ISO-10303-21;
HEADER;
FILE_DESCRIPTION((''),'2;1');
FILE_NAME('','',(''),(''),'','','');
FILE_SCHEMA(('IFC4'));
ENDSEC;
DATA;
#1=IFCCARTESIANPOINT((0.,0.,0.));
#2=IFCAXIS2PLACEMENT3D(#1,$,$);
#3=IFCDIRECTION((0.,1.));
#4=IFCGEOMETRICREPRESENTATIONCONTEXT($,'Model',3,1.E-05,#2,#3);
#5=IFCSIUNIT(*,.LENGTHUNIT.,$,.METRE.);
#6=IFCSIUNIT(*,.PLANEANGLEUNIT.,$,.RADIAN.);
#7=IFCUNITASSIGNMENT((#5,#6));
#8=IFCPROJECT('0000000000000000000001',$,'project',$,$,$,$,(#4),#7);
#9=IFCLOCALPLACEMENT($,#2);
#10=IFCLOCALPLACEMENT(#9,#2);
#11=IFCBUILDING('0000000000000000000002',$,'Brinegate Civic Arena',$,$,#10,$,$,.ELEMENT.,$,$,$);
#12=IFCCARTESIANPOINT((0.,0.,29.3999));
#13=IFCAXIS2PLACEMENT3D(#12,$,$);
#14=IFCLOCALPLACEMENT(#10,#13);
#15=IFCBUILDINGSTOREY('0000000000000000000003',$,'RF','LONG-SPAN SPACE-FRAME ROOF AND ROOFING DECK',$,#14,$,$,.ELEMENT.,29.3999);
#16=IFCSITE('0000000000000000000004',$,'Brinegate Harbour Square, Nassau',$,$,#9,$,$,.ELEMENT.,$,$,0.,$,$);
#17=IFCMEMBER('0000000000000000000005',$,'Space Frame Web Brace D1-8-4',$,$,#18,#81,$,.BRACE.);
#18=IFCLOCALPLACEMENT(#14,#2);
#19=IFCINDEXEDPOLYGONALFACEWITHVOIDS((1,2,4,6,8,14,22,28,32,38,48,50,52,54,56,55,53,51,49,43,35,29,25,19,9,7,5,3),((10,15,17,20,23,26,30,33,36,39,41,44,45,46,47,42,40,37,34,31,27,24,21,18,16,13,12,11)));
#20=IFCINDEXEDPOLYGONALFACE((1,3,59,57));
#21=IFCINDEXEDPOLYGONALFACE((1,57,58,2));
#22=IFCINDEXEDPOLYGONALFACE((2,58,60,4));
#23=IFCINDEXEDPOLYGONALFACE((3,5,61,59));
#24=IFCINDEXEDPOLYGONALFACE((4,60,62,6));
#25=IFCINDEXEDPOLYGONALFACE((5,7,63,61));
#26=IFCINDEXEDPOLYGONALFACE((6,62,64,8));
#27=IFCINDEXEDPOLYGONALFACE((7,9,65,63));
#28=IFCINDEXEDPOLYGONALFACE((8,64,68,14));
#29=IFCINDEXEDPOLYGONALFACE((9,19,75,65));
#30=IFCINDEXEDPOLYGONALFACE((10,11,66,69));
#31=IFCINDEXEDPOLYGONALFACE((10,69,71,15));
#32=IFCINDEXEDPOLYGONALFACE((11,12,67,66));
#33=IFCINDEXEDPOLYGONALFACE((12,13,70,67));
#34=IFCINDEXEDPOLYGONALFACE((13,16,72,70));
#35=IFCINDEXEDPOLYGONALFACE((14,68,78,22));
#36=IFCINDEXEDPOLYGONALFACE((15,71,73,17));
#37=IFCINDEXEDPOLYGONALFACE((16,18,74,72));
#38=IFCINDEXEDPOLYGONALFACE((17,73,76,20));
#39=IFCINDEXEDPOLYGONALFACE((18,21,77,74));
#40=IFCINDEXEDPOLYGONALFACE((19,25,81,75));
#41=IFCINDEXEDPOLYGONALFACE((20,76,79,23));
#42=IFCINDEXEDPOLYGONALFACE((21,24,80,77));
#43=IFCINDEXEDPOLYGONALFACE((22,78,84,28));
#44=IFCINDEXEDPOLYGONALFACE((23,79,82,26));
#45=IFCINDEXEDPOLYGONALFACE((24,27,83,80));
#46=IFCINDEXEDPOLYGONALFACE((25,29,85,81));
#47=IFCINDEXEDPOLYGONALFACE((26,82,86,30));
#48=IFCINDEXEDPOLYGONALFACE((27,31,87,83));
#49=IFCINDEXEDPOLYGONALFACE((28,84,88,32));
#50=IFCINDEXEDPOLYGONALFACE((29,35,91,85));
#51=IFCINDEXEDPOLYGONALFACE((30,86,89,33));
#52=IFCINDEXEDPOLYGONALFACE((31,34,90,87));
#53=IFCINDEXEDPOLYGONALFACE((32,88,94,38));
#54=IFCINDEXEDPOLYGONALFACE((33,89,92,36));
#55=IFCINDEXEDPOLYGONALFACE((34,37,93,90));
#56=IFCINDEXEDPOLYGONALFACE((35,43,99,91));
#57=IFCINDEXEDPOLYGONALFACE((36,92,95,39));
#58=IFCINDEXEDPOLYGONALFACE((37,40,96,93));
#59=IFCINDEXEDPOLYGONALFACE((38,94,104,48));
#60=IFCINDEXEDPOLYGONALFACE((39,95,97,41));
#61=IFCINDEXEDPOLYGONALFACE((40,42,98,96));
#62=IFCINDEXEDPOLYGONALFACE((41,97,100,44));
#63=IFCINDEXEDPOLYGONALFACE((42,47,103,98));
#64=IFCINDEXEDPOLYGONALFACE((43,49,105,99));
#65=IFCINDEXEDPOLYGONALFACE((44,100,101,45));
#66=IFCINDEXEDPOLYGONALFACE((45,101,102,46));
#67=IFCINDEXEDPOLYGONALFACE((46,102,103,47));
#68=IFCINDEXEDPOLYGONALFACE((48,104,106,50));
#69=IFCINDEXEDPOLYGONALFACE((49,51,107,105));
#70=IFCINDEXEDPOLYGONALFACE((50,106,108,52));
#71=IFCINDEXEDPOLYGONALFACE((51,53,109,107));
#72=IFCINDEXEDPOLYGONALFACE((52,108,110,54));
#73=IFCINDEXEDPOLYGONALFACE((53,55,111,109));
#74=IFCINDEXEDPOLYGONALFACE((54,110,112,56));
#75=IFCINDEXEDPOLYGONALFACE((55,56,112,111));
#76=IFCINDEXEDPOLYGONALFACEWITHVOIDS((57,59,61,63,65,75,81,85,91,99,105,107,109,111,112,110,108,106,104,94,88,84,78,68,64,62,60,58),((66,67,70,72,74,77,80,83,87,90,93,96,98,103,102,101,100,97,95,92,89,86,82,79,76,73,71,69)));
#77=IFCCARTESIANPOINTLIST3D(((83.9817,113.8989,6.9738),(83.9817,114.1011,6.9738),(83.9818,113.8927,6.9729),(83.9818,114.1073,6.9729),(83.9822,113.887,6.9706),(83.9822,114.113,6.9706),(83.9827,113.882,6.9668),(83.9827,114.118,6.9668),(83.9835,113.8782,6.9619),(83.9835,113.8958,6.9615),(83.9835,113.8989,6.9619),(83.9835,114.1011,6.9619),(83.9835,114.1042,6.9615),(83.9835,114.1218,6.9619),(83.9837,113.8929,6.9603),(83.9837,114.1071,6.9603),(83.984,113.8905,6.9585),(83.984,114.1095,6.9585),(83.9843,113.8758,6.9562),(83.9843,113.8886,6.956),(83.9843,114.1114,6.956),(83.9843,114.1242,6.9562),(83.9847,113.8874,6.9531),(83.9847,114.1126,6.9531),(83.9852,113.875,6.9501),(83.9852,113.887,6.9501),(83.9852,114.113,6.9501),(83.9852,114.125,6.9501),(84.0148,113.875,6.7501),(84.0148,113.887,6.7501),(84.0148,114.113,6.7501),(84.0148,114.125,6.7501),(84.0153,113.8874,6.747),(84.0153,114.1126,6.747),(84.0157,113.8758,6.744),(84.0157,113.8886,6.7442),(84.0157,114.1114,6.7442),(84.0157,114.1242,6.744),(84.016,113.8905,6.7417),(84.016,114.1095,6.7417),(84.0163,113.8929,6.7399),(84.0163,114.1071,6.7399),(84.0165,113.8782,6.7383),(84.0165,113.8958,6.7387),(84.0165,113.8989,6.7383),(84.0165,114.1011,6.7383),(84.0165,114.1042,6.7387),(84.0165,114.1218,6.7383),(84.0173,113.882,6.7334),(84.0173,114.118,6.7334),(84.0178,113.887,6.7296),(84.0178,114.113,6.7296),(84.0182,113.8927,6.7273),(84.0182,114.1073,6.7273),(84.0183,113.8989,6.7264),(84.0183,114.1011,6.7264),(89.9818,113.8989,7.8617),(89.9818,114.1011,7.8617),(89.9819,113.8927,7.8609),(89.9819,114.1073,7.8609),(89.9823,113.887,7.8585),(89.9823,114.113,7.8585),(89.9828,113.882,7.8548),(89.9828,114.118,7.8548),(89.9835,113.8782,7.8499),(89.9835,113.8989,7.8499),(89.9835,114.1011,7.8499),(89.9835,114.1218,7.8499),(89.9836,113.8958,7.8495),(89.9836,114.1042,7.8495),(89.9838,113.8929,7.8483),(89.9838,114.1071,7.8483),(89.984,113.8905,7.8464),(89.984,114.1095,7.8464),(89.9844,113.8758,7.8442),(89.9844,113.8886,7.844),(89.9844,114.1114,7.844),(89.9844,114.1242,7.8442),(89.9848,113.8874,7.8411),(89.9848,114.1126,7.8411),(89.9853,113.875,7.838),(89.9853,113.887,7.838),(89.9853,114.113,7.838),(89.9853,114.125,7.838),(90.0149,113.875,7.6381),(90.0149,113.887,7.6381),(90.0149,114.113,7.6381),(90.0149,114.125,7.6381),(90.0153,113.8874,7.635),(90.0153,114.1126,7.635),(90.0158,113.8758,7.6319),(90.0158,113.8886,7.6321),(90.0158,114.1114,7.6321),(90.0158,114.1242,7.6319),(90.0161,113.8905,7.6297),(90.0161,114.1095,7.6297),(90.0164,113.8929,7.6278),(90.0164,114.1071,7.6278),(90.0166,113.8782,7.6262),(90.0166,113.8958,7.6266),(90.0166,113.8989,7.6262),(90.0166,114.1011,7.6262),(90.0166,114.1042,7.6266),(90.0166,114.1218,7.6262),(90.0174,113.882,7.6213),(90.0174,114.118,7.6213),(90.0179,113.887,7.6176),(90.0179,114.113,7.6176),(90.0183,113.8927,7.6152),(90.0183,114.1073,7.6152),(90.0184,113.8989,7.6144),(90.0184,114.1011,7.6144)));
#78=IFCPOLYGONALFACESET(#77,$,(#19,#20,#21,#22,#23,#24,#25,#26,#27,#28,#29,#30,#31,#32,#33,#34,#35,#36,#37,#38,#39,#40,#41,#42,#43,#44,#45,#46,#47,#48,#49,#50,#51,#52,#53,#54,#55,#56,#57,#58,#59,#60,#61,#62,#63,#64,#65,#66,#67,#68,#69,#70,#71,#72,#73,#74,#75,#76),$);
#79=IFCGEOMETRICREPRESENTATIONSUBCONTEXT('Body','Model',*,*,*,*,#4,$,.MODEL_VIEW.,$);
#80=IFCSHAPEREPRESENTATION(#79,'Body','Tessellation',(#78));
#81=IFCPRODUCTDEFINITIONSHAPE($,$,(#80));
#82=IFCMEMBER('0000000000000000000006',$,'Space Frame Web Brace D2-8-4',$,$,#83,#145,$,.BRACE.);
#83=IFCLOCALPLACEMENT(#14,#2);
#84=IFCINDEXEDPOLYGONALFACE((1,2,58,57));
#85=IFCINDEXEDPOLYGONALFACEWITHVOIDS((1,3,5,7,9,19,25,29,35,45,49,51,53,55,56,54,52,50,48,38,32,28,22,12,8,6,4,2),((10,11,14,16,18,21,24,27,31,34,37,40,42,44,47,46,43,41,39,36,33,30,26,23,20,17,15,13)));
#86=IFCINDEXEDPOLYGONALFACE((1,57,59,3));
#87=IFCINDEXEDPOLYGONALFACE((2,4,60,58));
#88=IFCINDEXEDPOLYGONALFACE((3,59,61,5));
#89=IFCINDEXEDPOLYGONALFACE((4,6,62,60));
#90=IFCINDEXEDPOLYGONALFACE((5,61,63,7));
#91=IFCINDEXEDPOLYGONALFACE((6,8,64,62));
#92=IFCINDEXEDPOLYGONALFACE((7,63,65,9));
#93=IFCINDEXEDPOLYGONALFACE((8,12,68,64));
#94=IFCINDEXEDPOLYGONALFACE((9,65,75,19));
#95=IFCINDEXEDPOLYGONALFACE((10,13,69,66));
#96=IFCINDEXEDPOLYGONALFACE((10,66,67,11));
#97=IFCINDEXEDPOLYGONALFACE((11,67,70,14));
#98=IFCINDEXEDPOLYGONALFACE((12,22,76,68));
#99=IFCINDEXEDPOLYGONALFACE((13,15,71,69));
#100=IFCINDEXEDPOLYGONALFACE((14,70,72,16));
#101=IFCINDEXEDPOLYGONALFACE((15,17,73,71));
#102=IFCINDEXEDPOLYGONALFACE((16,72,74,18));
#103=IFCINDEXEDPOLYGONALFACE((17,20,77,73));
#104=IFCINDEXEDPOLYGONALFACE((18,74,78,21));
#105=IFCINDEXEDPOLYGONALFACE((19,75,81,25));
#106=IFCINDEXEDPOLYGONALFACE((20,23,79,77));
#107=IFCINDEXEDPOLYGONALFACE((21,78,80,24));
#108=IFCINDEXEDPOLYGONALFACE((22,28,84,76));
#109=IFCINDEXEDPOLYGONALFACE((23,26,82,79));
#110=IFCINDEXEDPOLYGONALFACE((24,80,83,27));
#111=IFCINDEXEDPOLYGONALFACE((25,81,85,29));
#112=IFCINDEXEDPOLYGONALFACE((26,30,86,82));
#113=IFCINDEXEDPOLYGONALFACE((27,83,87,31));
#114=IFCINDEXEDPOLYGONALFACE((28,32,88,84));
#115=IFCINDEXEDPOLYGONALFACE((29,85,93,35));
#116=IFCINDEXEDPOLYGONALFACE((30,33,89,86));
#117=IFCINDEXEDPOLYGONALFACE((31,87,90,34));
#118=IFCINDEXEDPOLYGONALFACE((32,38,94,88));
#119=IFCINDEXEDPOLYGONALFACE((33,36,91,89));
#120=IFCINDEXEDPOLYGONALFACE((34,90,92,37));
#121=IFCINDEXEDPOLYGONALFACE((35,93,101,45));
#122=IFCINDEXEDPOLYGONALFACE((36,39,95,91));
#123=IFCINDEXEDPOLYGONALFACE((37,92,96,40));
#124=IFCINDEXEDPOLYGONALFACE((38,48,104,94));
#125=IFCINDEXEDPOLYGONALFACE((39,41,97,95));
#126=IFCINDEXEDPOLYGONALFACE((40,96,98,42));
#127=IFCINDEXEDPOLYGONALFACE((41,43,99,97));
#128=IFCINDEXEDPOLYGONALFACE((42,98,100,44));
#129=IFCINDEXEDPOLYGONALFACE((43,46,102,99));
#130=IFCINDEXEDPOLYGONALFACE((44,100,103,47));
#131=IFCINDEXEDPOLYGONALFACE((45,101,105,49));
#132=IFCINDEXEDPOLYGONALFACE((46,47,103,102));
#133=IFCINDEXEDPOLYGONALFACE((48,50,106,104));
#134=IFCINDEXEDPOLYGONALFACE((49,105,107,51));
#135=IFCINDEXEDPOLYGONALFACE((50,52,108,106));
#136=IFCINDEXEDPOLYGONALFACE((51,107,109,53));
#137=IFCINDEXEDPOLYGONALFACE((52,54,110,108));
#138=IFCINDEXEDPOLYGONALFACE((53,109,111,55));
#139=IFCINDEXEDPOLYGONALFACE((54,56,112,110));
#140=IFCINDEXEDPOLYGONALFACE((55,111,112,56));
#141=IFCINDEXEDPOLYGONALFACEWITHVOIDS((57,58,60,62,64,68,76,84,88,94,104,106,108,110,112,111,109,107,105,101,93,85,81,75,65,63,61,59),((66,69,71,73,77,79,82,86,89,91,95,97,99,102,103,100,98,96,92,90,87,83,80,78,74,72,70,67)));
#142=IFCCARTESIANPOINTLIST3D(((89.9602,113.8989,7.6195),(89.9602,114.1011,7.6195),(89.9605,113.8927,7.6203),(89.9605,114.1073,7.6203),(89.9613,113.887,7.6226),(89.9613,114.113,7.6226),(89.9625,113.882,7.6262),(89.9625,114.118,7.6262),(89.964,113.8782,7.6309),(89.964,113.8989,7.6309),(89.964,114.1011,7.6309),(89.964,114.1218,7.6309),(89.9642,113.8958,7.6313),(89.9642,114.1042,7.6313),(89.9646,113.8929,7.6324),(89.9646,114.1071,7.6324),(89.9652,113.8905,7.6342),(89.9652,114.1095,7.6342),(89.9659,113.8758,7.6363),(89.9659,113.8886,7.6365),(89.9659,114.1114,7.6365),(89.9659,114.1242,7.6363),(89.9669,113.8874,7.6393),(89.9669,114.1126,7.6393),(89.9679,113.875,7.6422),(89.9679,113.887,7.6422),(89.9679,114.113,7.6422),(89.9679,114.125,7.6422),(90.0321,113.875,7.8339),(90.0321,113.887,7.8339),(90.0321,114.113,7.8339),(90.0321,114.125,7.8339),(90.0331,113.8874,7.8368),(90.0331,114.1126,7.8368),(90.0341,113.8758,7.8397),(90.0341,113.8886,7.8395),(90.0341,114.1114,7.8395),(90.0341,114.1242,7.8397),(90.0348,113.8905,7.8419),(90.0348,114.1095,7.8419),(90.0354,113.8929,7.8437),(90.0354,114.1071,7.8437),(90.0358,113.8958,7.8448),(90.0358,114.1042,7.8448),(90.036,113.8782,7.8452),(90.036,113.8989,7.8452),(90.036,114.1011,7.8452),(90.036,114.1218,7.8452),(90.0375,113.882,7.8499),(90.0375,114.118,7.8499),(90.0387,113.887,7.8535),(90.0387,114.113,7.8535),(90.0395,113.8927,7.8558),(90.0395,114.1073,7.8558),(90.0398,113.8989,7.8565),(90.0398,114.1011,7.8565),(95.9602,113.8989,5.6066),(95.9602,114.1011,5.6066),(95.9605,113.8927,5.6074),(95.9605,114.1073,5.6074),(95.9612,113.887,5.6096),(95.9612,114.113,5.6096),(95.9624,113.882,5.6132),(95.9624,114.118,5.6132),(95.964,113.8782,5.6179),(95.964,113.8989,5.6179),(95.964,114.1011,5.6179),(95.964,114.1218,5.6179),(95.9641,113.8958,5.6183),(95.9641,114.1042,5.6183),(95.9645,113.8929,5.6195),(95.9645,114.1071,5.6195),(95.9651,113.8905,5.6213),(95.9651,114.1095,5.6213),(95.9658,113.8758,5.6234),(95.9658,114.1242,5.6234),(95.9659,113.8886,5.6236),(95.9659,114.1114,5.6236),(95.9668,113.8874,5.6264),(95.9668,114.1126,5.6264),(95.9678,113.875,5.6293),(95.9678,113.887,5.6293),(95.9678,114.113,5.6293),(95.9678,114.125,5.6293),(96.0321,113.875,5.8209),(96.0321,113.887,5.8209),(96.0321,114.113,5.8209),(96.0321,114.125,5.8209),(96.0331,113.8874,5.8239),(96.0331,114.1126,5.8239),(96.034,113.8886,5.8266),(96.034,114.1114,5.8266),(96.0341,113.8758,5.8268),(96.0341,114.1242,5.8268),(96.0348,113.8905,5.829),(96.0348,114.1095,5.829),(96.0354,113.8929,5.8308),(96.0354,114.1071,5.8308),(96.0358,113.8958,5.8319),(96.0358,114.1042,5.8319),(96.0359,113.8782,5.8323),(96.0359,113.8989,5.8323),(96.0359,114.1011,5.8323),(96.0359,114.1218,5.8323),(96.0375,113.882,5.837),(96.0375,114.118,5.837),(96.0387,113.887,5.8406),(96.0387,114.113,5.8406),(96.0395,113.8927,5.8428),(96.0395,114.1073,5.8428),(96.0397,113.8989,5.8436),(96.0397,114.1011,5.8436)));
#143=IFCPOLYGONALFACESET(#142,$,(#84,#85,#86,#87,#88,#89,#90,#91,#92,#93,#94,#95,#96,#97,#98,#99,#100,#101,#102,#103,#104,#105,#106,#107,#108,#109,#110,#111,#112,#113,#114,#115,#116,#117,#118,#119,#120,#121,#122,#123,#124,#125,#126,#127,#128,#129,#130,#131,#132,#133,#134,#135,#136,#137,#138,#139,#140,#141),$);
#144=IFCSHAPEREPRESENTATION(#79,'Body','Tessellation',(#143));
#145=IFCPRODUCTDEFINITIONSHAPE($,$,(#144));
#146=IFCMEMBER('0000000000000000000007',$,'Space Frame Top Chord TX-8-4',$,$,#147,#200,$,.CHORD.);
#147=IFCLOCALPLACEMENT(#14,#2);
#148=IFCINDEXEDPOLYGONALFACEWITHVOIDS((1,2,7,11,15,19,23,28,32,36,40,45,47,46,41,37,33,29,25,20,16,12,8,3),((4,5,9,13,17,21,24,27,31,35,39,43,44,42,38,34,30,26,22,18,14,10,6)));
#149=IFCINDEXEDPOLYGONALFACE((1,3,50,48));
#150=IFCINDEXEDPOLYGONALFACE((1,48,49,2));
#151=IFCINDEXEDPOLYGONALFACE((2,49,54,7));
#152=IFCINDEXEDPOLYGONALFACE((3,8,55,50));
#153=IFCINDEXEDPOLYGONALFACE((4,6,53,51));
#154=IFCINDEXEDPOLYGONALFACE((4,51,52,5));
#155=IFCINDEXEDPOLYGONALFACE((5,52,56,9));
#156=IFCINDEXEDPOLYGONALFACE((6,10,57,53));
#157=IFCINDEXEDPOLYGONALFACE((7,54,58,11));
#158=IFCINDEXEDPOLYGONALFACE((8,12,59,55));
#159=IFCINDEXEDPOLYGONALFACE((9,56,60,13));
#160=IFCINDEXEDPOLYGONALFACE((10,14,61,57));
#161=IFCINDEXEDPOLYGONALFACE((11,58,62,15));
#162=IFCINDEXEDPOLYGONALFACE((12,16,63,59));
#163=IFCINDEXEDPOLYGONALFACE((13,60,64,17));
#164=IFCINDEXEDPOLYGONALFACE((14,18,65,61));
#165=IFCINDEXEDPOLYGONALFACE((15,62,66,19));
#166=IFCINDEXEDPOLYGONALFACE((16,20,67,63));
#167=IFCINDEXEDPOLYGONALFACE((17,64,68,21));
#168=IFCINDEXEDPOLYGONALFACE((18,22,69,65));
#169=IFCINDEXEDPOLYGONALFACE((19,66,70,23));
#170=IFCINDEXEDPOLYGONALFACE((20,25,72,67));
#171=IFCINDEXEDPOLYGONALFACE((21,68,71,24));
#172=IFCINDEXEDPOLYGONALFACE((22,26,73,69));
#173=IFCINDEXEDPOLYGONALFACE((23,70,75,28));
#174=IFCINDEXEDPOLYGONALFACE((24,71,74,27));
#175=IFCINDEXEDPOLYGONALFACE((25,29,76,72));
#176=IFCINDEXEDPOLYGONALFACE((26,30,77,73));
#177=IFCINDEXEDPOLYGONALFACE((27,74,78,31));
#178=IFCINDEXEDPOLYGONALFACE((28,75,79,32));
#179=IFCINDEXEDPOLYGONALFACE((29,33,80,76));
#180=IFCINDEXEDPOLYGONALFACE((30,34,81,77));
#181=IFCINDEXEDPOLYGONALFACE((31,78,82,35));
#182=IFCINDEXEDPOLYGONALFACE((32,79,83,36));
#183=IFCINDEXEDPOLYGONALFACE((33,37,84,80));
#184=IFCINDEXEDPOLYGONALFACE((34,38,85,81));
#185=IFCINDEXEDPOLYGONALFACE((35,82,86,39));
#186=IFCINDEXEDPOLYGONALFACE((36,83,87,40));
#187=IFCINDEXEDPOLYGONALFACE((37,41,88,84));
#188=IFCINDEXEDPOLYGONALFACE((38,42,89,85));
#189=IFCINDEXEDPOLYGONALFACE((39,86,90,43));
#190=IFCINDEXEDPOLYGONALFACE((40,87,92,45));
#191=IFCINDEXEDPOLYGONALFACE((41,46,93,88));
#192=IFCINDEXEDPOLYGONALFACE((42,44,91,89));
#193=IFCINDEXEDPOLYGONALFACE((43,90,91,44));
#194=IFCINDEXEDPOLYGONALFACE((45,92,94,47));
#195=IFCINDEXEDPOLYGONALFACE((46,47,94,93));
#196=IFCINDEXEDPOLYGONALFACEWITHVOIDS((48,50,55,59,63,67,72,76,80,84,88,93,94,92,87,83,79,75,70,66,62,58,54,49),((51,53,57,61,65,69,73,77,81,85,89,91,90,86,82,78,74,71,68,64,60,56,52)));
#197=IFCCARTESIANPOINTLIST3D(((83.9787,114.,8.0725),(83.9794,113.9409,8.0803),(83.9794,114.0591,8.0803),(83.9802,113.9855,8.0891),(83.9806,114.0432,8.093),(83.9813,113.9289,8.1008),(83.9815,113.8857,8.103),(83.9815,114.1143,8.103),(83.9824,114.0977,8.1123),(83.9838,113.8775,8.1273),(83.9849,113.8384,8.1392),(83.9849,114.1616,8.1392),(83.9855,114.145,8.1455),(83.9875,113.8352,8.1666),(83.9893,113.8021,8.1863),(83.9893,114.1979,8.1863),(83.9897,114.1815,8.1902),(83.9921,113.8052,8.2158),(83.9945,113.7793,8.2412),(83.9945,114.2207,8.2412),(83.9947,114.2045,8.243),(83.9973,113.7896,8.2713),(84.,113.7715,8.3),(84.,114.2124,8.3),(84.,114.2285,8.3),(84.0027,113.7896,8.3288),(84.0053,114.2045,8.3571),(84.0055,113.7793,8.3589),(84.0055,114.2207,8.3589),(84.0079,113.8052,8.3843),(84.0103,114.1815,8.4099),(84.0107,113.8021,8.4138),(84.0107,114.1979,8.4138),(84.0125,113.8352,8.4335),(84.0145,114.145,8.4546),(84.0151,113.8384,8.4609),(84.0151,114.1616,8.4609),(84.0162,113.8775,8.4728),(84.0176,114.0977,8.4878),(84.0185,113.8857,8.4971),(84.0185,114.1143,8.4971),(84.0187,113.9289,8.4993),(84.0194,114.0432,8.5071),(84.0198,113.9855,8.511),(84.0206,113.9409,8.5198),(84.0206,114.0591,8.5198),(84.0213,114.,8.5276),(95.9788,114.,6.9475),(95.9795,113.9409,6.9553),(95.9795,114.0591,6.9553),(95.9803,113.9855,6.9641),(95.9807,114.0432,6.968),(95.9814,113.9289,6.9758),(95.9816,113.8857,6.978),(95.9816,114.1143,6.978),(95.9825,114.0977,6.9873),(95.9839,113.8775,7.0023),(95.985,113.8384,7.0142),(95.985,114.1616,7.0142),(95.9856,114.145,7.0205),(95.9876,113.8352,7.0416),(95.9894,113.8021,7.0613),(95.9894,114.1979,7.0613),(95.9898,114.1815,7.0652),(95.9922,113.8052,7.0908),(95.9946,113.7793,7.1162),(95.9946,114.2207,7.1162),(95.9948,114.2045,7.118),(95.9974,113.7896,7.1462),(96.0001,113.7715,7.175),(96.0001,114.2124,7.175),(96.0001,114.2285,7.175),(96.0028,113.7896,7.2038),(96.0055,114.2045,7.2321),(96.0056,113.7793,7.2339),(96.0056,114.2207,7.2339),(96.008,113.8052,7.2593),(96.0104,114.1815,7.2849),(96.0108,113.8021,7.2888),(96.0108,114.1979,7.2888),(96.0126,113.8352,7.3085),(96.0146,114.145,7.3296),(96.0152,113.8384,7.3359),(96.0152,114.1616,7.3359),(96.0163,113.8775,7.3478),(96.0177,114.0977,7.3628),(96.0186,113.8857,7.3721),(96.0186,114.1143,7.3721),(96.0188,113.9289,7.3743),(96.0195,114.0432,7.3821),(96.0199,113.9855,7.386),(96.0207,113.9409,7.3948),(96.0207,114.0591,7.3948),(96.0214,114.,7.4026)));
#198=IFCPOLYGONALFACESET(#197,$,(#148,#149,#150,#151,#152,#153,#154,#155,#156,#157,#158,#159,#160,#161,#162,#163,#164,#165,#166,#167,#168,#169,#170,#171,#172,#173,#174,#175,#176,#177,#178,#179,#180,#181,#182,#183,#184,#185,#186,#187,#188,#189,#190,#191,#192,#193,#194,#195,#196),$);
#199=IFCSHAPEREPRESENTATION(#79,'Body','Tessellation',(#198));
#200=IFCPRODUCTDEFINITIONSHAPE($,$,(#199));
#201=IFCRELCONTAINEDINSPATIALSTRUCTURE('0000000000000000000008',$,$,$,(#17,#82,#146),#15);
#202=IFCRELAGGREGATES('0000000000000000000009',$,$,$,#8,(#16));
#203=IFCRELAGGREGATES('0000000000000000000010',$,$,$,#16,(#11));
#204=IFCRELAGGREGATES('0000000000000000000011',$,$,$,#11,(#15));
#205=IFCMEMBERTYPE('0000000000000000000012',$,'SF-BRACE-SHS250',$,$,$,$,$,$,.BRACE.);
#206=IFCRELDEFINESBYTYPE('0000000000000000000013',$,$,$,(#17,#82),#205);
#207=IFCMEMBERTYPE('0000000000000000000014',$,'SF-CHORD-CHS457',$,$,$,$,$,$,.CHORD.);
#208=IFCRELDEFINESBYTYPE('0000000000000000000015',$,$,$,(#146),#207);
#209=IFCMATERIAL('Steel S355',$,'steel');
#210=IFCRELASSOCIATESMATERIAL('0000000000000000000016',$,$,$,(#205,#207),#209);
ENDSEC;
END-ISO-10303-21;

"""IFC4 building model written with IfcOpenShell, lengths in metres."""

from ifc_helpers import new_model, si_unit, direction, frame, origin, origin_2d, place, context, subcontext, project, spatial, hollow_rectangle, hollow_circle, extrude, material, material_profile, profile_set, type_object, element, save


model = new_model("IFC4")

# Units and contexts
model_context = context("Model", 3, precision=1e-05, world=origin(), true_north=direction((0.0, 1.0)))
body_context = subcontext(model_context, "Body", "Model", "MODEL_VIEW")
ifc_project = project(units=[si_unit("LENGTHUNIT", "METRE"), si_unit("PLANEANGLEUNIT", "RADIAN")], contexts=[model_context])

# Site, building, storey
site_placement = place(None, origin())
site = spatial("IfcSite", under=ifc_project, at=site_placement, Name="Brinegate Harbour Square, Nassau", CompositionType="ELEMENT", RefElevation=0.0)
building_placement = place(site_placement, origin())
building = spatial("IfcBuilding", under=site, at=building_placement, Name="Brinegate Civic Arena", CompositionType="ELEMENT")
storey_placement = place(building_placement, frame((0.0, 0.0, 29.3999)))
storey = spatial("IfcBuildingStorey", under=building, at=storey_placement, Name="RF", Description="LONG-SPAN SPACE-FRAME ROOF AND ROOFING DECK", CompositionType="ELEMENT", Elevation=29.3999)

# Shared definitions
ifc_material_1 = material(Name="Steel S355", Category="steel")

# Members
ifc_material_profile_1 = material_profile(ifc_material_1, hollow_rectangle(XDim=0.25, YDim=0.25, WallThickness=0.012, InnerFilletRadius=0.012, OuterFilletRadius=0.0239, at=origin_2d()), Name="SHS250X12")
ifc_profile_set_1 = profile_set([ifc_material_profile_1], Name="Steel S355")
member_type_1 = type_object("IfcMemberType", Name="SF-BRACE-SHS250", PredefinedType="BRACE", material=ifc_profile_set_1)
for number, where, z_axis, x_axis, name in (
    (1, (84.0, 114.0, 6.8501), (0.989226, 0.0, 0.146395), (0.0, 1.0, 0.0), "Space Frame Web Brace D1-8-4"),
):
    element("IfcMember", number, at=place(storey_placement, frame(where, z_axis=z_axis, x_axis=x_axis)), inside=storey, type_object=member_type_1, Name=name, PredefinedType="BRACE", context=body_context, shape_type="SweptSolid", body=[
        extrude(hollow_rectangle(XDim=0.25, YDim=0.25, WallThickness=0.012, InnerFilletRadius=0.012, OuterFilletRadius=0.0239, at=origin_2d()), origin(), (0.0, 0.0, 1.0), 6.0654),
    ])
member_1_placement = place(storey_placement, frame((90.0, 114.0, 7.738), z_axis=(0.948068, 0.0, -0.318067), x_axis=(0.0, 1.0, 0.0)))
element("IfcMember", 2, at=member_1_placement, inside=storey, type_object=member_type_1, Name="Space Frame Web Brace D2-8-4", PredefinedType="BRACE", context=body_context, shape_type="SweptSolid", body=[
    extrude(hollow_rectangle(XDim=0.25, YDim=0.25, WallThickness=0.012, InnerFilletRadius=0.012, OuterFilletRadius=0.0239, at=origin_2d()), origin(), (0.0, 0.0, 1.0), 6.3286),
])
ifc_material_profile_2 = material_profile(ifc_material_1, hollow_circle(Radius=0.2285, WallThickness=0.0161, at=origin_2d()), Name="CHS457X16")
ifc_profile_set_2 = profile_set([ifc_material_profile_2], Name="Steel S355")
member_type_2 = type_object("IfcMemberType", Name="SF-CHORD-CHS457", PredefinedType="CHORD", material=ifc_profile_set_2)
member_2_placement = place(storey_placement, frame((84.0, 114.0, 8.3), z_axis=(0.995634, 0.0, -0.093341), x_axis=(0.0, 1.0, 0.0)))
element("IfcMember", 3, at=member_2_placement, inside=storey, type_object=member_type_2, Name="Space Frame Top Chord TX-8-4", PredefinedType="CHORD", context=body_context, shape_type="SweptSolid", body=[
    extrude(hollow_circle(Radius=0.2285, WallThickness=0.0161, at=origin_2d()), origin(), (0.0, 0.0, 1.0), 12.0527),
])

save(model, "model.ifc")
